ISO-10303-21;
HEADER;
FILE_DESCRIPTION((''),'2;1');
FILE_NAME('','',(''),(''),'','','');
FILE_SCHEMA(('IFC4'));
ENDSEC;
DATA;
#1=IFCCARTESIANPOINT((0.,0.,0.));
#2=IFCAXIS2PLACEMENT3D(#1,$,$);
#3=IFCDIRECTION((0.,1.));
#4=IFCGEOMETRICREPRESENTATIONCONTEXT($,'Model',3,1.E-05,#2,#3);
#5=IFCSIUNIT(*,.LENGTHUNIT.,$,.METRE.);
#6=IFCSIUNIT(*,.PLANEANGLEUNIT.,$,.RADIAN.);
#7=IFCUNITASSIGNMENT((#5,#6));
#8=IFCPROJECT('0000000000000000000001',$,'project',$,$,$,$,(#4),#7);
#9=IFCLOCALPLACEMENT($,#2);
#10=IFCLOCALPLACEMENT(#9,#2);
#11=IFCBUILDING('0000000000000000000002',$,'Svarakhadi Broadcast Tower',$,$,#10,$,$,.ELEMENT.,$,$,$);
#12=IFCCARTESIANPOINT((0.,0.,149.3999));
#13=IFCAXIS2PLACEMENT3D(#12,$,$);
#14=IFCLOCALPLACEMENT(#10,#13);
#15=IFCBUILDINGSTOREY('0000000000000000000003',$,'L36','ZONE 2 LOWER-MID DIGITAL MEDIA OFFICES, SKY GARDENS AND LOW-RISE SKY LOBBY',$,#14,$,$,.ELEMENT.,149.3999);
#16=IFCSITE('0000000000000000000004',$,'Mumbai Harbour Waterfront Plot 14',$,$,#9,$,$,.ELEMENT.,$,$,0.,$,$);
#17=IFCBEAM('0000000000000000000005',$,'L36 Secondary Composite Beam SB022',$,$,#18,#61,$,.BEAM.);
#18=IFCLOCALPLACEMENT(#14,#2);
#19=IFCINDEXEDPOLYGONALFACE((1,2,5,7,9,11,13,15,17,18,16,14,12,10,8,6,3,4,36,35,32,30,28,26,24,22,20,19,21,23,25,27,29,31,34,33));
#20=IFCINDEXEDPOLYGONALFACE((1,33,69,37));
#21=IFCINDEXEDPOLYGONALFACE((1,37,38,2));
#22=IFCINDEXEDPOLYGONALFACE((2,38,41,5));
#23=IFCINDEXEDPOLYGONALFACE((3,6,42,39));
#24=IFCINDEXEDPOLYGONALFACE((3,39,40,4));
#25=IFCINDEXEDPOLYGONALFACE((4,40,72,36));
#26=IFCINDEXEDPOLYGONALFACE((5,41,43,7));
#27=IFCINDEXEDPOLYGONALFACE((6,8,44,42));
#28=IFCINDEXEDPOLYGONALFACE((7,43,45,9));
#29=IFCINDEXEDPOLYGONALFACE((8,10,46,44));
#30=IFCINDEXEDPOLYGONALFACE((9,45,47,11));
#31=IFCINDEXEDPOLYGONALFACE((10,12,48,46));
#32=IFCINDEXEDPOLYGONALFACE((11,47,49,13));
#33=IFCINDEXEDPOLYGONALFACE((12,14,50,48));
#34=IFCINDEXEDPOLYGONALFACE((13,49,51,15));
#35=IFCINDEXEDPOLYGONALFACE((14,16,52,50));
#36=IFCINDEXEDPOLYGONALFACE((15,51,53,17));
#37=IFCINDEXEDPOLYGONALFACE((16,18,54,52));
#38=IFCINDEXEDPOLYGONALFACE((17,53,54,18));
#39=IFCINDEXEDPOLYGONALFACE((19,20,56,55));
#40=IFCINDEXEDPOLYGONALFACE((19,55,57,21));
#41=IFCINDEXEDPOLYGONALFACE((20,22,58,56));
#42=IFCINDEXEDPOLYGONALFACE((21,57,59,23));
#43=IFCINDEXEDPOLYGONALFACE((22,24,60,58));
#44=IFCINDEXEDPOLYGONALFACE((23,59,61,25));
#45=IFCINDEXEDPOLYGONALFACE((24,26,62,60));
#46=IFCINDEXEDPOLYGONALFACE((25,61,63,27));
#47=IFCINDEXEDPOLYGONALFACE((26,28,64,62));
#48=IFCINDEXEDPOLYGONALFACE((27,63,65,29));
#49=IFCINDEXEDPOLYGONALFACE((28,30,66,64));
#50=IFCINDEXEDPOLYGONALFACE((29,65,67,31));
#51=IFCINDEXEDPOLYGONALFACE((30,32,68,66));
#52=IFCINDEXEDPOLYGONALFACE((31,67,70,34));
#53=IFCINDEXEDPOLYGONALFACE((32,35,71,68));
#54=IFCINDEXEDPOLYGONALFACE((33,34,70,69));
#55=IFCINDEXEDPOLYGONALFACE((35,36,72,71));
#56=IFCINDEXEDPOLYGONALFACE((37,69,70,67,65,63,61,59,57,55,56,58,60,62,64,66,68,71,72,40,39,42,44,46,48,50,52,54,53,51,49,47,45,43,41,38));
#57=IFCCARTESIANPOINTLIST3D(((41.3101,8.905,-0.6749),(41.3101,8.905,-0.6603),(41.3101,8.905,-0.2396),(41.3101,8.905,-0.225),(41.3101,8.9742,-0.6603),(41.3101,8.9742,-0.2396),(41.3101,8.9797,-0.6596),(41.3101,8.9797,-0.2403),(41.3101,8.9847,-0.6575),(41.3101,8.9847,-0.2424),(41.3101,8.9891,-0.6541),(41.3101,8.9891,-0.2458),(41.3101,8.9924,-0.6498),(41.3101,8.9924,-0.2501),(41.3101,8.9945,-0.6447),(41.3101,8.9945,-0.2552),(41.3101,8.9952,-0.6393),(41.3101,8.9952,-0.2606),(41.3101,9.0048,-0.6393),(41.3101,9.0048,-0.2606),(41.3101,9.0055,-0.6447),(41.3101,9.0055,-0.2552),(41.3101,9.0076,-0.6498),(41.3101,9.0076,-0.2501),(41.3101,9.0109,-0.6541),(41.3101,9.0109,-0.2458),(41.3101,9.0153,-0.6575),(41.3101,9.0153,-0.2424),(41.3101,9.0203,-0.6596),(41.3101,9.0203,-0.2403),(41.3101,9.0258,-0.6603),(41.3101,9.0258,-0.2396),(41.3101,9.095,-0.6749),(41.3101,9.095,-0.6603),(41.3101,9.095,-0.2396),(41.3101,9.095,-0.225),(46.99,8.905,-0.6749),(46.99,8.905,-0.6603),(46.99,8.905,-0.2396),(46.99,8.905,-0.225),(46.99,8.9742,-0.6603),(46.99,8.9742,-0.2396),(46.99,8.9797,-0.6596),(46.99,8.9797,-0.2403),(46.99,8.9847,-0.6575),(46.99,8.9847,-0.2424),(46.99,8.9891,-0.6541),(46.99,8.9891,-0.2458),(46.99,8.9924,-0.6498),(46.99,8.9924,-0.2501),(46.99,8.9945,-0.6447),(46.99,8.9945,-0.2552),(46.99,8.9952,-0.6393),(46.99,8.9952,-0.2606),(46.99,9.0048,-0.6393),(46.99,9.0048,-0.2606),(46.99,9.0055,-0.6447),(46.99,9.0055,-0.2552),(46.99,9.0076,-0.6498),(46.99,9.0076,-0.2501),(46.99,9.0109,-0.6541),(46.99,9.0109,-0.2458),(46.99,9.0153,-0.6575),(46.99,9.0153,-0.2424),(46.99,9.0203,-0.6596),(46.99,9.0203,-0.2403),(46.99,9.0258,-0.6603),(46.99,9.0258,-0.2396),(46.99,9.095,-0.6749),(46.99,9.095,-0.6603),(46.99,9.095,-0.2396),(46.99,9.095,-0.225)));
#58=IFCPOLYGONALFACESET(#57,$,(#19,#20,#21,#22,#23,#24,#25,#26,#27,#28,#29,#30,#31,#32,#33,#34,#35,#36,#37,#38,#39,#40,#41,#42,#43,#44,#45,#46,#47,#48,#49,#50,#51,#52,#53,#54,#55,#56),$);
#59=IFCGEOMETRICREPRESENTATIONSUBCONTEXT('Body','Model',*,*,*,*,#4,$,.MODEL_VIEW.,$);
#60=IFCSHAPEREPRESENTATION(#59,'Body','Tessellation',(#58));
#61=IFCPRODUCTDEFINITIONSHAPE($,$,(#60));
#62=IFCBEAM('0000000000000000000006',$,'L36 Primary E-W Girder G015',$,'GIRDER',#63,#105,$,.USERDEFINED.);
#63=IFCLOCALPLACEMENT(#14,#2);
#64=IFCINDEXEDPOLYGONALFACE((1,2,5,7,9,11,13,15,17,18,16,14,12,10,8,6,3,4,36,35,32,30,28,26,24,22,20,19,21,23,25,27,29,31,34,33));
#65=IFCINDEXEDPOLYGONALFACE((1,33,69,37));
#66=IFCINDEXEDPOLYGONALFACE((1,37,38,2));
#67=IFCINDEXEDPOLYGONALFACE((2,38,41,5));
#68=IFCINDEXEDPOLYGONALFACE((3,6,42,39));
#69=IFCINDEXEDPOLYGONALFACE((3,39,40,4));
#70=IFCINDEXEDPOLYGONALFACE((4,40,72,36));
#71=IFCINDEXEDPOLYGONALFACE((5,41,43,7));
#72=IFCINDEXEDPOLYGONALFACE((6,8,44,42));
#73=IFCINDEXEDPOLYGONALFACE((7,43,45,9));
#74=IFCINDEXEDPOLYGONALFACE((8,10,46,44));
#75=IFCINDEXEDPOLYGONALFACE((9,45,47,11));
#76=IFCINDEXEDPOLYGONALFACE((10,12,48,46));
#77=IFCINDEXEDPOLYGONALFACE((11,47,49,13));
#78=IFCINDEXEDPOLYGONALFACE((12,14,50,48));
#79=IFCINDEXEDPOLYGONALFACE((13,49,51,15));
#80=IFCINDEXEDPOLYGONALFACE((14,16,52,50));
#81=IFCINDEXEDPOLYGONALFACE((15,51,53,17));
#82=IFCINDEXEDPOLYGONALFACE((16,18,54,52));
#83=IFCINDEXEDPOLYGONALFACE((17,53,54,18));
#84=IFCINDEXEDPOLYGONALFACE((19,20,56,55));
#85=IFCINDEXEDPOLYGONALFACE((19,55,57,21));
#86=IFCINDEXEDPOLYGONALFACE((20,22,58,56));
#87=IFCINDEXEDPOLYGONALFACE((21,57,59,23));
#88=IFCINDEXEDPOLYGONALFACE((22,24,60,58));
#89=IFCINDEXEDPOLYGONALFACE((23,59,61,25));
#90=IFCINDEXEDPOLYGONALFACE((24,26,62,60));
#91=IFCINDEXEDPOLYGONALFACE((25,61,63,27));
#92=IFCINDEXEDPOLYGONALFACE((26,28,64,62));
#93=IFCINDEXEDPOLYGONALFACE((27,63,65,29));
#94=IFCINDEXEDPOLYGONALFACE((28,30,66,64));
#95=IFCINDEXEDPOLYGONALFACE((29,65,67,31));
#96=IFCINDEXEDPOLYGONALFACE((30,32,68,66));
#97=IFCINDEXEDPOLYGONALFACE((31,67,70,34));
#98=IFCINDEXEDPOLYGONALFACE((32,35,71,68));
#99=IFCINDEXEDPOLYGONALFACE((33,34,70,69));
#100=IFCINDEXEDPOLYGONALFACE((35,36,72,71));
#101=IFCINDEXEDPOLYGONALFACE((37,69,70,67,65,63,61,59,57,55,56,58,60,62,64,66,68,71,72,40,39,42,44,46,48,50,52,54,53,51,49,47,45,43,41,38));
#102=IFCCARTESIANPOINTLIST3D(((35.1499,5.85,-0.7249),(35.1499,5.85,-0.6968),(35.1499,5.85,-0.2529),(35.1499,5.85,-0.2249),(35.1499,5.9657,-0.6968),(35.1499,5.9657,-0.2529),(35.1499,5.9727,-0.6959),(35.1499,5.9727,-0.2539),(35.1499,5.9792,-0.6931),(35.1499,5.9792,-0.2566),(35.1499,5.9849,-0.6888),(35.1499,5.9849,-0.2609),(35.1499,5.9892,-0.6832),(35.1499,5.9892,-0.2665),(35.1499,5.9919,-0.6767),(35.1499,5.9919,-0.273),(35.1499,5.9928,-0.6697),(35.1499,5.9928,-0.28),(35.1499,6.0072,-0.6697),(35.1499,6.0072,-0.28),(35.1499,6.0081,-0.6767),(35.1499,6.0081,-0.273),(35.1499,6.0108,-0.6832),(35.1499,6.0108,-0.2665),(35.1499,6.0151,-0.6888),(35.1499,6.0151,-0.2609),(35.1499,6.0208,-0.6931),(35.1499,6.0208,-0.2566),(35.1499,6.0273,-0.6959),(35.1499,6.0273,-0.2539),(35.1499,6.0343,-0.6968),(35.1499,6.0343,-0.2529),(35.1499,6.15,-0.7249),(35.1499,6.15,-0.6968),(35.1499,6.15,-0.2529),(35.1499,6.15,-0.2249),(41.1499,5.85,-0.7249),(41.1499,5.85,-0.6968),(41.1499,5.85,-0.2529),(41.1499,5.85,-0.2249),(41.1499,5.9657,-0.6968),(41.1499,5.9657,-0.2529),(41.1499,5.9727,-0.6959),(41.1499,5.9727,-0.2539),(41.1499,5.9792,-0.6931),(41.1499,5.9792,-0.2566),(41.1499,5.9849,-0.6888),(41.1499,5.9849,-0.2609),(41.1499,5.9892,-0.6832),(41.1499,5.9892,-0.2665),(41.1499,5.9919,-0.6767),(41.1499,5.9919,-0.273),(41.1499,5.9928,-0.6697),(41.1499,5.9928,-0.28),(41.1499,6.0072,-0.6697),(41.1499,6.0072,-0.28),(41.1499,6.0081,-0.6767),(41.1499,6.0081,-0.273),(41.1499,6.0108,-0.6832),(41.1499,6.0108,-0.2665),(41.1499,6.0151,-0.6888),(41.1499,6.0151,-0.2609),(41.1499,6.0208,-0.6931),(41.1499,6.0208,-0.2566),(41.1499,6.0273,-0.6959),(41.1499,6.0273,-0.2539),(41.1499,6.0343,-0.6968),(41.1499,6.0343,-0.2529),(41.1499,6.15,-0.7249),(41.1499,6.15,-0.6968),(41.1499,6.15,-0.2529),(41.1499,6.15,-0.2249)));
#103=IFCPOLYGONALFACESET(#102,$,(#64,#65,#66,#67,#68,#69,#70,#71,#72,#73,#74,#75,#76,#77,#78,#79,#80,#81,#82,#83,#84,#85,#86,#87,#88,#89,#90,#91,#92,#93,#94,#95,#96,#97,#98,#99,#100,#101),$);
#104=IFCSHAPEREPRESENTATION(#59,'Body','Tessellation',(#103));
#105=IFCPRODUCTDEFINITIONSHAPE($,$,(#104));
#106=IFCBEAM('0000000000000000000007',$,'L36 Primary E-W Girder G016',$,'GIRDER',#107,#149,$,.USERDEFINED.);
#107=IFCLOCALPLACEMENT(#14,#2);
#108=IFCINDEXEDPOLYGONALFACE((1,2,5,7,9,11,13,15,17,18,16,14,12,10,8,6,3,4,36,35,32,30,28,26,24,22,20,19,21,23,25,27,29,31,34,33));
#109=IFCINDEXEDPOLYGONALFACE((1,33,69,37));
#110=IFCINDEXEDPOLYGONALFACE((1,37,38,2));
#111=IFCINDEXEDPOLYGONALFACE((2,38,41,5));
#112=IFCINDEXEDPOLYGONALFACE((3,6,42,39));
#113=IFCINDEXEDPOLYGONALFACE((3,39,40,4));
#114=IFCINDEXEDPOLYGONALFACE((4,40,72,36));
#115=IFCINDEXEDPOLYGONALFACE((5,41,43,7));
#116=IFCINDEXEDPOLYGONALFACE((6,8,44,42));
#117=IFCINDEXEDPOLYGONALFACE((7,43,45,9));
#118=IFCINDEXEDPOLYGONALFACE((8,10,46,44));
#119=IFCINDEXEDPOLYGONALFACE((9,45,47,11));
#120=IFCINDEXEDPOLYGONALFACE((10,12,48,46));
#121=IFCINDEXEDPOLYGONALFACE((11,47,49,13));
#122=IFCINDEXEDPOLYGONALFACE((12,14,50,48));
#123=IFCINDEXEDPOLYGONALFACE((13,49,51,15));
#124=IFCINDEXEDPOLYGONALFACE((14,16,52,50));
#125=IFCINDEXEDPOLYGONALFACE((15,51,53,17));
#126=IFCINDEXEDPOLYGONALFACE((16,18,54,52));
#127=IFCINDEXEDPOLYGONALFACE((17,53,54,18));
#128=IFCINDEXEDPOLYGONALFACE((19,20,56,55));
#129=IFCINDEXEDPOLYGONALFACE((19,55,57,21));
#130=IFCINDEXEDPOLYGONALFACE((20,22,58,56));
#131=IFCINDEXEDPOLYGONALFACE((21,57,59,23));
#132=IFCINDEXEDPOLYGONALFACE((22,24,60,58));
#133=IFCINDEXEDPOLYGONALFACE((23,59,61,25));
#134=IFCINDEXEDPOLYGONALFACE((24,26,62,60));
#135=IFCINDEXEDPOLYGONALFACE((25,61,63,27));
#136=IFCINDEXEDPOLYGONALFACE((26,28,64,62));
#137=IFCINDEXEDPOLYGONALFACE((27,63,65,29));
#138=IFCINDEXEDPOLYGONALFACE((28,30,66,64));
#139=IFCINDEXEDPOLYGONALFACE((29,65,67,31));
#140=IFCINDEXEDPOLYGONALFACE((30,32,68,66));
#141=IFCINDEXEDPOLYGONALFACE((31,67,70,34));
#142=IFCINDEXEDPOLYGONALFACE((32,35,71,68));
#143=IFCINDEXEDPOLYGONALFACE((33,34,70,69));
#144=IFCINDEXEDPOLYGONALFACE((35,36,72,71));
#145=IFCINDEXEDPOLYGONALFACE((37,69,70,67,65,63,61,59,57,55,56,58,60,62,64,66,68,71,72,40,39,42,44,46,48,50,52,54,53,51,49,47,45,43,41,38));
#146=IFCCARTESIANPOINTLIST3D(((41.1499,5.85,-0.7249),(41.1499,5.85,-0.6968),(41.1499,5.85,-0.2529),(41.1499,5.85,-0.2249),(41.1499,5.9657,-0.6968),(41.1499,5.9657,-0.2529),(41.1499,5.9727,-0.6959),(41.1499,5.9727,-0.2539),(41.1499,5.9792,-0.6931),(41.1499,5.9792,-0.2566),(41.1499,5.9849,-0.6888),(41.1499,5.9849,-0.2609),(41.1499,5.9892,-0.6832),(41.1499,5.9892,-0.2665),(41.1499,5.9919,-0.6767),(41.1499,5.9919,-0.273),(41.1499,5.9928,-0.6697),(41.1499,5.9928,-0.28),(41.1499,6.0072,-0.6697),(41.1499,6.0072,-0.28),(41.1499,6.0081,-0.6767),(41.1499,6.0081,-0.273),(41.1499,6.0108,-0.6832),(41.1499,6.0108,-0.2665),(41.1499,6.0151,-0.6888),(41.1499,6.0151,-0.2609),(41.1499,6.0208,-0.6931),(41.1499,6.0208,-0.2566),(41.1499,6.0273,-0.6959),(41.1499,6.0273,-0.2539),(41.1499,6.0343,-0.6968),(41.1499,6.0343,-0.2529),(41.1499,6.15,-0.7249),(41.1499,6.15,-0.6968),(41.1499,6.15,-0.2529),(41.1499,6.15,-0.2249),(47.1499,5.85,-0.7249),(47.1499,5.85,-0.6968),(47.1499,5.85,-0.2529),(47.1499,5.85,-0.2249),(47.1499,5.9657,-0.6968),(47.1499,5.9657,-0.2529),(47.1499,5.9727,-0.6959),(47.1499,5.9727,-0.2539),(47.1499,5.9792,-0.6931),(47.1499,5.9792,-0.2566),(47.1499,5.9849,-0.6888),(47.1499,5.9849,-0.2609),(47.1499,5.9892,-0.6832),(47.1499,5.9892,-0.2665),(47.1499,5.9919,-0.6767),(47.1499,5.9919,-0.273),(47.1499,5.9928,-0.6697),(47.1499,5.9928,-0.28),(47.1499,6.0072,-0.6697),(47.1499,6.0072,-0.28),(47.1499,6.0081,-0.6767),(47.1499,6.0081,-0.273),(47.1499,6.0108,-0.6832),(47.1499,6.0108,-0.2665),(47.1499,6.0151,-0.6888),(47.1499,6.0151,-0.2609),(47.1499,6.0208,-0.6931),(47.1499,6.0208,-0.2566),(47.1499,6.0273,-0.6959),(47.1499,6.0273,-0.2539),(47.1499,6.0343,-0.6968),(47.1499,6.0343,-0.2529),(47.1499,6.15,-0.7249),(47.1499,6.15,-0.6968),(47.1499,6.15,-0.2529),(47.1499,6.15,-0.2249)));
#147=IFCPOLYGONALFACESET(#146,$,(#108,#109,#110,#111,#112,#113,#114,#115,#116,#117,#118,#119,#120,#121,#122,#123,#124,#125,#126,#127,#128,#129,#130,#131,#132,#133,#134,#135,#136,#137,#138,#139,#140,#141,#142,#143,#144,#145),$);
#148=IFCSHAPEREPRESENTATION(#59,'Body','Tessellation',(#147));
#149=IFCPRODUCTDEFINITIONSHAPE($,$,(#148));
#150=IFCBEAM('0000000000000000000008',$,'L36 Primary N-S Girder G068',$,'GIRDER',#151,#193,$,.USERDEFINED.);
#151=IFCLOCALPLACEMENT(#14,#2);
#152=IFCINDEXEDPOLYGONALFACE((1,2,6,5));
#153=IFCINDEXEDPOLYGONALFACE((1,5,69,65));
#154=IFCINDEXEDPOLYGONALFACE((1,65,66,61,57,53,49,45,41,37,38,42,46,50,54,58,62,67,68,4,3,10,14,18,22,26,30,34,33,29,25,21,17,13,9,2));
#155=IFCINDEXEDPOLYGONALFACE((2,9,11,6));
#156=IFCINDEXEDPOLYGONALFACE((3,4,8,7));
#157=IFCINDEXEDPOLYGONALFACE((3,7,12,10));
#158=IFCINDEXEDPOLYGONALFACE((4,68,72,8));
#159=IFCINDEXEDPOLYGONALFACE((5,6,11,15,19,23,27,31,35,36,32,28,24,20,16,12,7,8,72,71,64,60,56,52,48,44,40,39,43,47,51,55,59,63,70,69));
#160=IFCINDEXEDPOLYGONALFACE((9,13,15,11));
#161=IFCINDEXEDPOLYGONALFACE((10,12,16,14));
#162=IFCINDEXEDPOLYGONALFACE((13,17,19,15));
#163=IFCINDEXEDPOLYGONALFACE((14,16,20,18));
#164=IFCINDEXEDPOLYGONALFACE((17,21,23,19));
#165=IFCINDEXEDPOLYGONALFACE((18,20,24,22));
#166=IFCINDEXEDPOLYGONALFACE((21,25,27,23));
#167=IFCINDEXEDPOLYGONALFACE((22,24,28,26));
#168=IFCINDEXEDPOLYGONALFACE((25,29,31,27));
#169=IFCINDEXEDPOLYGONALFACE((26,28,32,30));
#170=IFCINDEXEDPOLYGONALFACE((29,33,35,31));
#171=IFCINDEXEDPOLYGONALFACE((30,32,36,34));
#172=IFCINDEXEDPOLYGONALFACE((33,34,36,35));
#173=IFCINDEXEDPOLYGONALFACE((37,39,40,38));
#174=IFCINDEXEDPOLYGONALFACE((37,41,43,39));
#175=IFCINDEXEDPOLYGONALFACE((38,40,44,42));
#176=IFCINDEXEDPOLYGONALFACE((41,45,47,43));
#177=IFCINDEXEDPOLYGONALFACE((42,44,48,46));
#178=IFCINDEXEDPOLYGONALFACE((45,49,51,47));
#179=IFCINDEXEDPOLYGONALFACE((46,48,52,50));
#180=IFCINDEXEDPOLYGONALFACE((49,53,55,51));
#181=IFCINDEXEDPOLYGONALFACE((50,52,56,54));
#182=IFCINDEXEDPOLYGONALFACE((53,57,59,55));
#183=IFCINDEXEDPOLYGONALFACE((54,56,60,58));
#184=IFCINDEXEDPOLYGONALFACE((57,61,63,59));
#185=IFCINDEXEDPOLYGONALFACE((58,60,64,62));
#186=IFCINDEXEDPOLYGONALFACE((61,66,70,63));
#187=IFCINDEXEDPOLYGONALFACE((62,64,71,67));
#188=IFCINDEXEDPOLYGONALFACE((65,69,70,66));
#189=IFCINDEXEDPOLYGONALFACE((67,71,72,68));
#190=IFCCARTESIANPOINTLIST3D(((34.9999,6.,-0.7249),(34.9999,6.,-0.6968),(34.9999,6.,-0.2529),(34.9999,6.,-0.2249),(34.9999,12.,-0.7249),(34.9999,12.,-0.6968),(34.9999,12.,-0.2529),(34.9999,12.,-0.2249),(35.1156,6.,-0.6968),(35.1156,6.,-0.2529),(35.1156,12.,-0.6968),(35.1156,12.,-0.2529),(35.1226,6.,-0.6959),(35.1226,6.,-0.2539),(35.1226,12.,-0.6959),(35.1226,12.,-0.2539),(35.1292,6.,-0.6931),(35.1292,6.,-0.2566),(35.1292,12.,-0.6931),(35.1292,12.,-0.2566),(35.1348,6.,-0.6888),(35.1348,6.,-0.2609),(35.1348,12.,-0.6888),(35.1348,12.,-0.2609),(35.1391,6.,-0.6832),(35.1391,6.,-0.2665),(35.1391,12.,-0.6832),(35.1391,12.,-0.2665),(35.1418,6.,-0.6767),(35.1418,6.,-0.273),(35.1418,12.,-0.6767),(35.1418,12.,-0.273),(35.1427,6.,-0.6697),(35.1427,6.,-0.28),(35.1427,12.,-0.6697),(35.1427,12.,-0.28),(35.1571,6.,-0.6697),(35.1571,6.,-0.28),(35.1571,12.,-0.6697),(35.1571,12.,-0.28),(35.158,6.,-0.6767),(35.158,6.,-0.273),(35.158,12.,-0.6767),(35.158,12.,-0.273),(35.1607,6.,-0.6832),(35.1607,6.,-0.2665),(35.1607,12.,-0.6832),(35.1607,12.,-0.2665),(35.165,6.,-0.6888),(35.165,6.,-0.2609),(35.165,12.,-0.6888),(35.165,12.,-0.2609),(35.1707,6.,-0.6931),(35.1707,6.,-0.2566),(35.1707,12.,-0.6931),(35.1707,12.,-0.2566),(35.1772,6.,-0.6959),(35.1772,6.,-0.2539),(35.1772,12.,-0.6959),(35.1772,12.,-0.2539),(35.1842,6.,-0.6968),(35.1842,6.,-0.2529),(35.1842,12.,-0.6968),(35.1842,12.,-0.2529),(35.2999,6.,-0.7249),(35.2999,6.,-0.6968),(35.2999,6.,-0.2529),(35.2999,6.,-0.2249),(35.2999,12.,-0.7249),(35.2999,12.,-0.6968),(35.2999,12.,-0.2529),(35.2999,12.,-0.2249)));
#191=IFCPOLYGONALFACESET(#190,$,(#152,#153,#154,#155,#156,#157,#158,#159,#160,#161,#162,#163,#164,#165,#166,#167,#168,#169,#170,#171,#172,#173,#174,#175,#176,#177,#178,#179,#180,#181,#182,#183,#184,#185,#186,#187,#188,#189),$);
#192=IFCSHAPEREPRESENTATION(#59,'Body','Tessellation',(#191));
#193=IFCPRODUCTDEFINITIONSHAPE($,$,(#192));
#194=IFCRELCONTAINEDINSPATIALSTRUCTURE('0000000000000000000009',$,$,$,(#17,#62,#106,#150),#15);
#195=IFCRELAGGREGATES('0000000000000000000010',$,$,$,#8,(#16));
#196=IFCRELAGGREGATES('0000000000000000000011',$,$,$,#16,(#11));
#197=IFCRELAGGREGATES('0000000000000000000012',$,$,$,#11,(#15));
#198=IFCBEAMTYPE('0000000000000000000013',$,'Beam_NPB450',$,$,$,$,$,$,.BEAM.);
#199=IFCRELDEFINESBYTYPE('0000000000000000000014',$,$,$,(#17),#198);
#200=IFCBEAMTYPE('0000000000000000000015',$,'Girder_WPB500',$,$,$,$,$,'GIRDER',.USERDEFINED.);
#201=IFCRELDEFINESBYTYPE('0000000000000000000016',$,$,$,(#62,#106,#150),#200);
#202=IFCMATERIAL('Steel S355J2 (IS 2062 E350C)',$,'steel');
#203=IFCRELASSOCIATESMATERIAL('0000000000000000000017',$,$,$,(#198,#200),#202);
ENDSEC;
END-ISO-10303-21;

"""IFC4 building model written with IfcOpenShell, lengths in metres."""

from ifc_helpers import new_model, si_unit, direction, frame, origin, origin_2d, place, context, subcontext, project, spatial, i_section, extrude, material, material_profile, profile_set, type_object, element, save


model = new_model("IFC4")

# Units and contexts
model_context = context("Model", 3, precision=1e-05, world=origin(), true_north=direction((0.0, 1.0)))
body_context = subcontext(model_context, "Body", "Model", "MODEL_VIEW")
ifc_project = project(units=[si_unit("LENGTHUNIT", "METRE"), si_unit("PLANEANGLEUNIT", "RADIAN")], contexts=[model_context])

# Site, building, storey
site_placement = place(None, origin())
site = spatial("IfcSite", under=ifc_project, at=site_placement, Name="Mumbai Harbour Waterfront Plot 14", CompositionType="ELEMENT", RefElevation=0.0)
building_placement = place(site_placement, origin())
building = spatial("IfcBuilding", under=site, at=building_placement, Name="Svarakhadi Broadcast Tower", CompositionType="ELEMENT")
storey_placement = place(building_placement, frame((0.0, 0.0, 149.3999)))
storey = spatial("IfcBuildingStorey", under=building, at=storey_placement, Name="L36", Description="ZONE 2 LOWER-MID DIGITAL MEDIA OFFICES, SKY GARDENS AND LOW-RISE SKY LOBBY", CompositionType="ELEMENT", Elevation=149.3999)

# Beams
ifc_material_1 = material(Name="Steel S355J2 (IS 2062 E350C)", Category="steel")
ifc_material_profile_1 = material_profile(ifc_material_1, i_section(OverallWidth=0.1899, OverallDepth=0.45, WebThickness=0.0095, FlangeThickness=0.0146, FilletRadius=0.021, at=origin_2d()), Name="NPB 450x190x78")
ifc_profile_set_1 = profile_set([ifc_material_profile_1], Name="Steel S355J2 (IS 2062 E350C)")
beam_type_1 = type_object("IfcBeamType", Name="Beam_NPB450", PredefinedType="BEAM", material=ifc_profile_set_1)
for number, where, z_axis, x_axis, name in (
    (1, (41.3101, 9.0, -0.45), (1.0, 0.0, 0.0), (0.0, 1.0, 0.0), "L36 Secondary Composite Beam SB022"),
):
    element("IfcBeam", number, at=place(storey_placement, frame(where, z_axis=z_axis, x_axis=x_axis)), inside=storey, type_object=beam_type_1, Name=name, PredefinedType="BEAM", context=body_context, shape_type="SweptSolid", body=[
        extrude(i_section(OverallWidth=0.1899, OverallDepth=0.45, WebThickness=0.0095, FlangeThickness=0.0146, FilletRadius=0.021, at=origin_2d()), origin(), (0.0, 0.0, 1.0), 5.6799),
    ])
ifc_material_profile_2 = material_profile(ifc_material_1, i_section(OverallWidth=0.3, OverallDepth=0.5, WebThickness=0.0144, FlangeThickness=0.0281, FilletRadius=0.0271, at=origin_2d()), Name="WPB 500x300x187")
ifc_profile_set_2 = profile_set([ifc_material_profile_2], Name="Steel S355J2 (IS 2062 E350C)")
beam_type_2 = type_object("IfcBeamType", Name="Girder_WPB500", ElementType="GIRDER", PredefinedType="USERDEFINED", material=ifc_profile_set_2)
for number, where, z_axis, x_axis, name in (
    (2, (35.1499, 6.0, -0.4749), (1.0, 0.0, 0.0), (0.0, 1.0, 0.0), "L36 Primary E-W Girder G015"),
    (3, (41.1499, 6.0, -0.4749), (1.0, 0.0, 0.0), (0.0, 1.0, 0.0), "L36 Primary E-W Girder G016"),
    (4, (35.1499, 6.0, -0.4749), (0.0, 1.0, 0.0), (-1.0, 0.0, 0.0), "L36 Primary N-S Girder G068"),
):
    element("IfcBeam", number, at=place(storey_placement, frame(where, z_axis=z_axis, x_axis=x_axis)), inside=storey, type_object=beam_type_2, Name=name, ObjectType="GIRDER", PredefinedType="USERDEFINED", context=body_context, shape_type="SweptSolid", body=[
        extrude(i_section(OverallWidth=0.3, OverallDepth=0.5, WebThickness=0.0144, FlangeThickness=0.0281, FilletRadius=0.0271, at=origin_2d()), origin(), (0.0, 0.0, 1.0), 6.0),
    ])

save(model, "model.ifc")
